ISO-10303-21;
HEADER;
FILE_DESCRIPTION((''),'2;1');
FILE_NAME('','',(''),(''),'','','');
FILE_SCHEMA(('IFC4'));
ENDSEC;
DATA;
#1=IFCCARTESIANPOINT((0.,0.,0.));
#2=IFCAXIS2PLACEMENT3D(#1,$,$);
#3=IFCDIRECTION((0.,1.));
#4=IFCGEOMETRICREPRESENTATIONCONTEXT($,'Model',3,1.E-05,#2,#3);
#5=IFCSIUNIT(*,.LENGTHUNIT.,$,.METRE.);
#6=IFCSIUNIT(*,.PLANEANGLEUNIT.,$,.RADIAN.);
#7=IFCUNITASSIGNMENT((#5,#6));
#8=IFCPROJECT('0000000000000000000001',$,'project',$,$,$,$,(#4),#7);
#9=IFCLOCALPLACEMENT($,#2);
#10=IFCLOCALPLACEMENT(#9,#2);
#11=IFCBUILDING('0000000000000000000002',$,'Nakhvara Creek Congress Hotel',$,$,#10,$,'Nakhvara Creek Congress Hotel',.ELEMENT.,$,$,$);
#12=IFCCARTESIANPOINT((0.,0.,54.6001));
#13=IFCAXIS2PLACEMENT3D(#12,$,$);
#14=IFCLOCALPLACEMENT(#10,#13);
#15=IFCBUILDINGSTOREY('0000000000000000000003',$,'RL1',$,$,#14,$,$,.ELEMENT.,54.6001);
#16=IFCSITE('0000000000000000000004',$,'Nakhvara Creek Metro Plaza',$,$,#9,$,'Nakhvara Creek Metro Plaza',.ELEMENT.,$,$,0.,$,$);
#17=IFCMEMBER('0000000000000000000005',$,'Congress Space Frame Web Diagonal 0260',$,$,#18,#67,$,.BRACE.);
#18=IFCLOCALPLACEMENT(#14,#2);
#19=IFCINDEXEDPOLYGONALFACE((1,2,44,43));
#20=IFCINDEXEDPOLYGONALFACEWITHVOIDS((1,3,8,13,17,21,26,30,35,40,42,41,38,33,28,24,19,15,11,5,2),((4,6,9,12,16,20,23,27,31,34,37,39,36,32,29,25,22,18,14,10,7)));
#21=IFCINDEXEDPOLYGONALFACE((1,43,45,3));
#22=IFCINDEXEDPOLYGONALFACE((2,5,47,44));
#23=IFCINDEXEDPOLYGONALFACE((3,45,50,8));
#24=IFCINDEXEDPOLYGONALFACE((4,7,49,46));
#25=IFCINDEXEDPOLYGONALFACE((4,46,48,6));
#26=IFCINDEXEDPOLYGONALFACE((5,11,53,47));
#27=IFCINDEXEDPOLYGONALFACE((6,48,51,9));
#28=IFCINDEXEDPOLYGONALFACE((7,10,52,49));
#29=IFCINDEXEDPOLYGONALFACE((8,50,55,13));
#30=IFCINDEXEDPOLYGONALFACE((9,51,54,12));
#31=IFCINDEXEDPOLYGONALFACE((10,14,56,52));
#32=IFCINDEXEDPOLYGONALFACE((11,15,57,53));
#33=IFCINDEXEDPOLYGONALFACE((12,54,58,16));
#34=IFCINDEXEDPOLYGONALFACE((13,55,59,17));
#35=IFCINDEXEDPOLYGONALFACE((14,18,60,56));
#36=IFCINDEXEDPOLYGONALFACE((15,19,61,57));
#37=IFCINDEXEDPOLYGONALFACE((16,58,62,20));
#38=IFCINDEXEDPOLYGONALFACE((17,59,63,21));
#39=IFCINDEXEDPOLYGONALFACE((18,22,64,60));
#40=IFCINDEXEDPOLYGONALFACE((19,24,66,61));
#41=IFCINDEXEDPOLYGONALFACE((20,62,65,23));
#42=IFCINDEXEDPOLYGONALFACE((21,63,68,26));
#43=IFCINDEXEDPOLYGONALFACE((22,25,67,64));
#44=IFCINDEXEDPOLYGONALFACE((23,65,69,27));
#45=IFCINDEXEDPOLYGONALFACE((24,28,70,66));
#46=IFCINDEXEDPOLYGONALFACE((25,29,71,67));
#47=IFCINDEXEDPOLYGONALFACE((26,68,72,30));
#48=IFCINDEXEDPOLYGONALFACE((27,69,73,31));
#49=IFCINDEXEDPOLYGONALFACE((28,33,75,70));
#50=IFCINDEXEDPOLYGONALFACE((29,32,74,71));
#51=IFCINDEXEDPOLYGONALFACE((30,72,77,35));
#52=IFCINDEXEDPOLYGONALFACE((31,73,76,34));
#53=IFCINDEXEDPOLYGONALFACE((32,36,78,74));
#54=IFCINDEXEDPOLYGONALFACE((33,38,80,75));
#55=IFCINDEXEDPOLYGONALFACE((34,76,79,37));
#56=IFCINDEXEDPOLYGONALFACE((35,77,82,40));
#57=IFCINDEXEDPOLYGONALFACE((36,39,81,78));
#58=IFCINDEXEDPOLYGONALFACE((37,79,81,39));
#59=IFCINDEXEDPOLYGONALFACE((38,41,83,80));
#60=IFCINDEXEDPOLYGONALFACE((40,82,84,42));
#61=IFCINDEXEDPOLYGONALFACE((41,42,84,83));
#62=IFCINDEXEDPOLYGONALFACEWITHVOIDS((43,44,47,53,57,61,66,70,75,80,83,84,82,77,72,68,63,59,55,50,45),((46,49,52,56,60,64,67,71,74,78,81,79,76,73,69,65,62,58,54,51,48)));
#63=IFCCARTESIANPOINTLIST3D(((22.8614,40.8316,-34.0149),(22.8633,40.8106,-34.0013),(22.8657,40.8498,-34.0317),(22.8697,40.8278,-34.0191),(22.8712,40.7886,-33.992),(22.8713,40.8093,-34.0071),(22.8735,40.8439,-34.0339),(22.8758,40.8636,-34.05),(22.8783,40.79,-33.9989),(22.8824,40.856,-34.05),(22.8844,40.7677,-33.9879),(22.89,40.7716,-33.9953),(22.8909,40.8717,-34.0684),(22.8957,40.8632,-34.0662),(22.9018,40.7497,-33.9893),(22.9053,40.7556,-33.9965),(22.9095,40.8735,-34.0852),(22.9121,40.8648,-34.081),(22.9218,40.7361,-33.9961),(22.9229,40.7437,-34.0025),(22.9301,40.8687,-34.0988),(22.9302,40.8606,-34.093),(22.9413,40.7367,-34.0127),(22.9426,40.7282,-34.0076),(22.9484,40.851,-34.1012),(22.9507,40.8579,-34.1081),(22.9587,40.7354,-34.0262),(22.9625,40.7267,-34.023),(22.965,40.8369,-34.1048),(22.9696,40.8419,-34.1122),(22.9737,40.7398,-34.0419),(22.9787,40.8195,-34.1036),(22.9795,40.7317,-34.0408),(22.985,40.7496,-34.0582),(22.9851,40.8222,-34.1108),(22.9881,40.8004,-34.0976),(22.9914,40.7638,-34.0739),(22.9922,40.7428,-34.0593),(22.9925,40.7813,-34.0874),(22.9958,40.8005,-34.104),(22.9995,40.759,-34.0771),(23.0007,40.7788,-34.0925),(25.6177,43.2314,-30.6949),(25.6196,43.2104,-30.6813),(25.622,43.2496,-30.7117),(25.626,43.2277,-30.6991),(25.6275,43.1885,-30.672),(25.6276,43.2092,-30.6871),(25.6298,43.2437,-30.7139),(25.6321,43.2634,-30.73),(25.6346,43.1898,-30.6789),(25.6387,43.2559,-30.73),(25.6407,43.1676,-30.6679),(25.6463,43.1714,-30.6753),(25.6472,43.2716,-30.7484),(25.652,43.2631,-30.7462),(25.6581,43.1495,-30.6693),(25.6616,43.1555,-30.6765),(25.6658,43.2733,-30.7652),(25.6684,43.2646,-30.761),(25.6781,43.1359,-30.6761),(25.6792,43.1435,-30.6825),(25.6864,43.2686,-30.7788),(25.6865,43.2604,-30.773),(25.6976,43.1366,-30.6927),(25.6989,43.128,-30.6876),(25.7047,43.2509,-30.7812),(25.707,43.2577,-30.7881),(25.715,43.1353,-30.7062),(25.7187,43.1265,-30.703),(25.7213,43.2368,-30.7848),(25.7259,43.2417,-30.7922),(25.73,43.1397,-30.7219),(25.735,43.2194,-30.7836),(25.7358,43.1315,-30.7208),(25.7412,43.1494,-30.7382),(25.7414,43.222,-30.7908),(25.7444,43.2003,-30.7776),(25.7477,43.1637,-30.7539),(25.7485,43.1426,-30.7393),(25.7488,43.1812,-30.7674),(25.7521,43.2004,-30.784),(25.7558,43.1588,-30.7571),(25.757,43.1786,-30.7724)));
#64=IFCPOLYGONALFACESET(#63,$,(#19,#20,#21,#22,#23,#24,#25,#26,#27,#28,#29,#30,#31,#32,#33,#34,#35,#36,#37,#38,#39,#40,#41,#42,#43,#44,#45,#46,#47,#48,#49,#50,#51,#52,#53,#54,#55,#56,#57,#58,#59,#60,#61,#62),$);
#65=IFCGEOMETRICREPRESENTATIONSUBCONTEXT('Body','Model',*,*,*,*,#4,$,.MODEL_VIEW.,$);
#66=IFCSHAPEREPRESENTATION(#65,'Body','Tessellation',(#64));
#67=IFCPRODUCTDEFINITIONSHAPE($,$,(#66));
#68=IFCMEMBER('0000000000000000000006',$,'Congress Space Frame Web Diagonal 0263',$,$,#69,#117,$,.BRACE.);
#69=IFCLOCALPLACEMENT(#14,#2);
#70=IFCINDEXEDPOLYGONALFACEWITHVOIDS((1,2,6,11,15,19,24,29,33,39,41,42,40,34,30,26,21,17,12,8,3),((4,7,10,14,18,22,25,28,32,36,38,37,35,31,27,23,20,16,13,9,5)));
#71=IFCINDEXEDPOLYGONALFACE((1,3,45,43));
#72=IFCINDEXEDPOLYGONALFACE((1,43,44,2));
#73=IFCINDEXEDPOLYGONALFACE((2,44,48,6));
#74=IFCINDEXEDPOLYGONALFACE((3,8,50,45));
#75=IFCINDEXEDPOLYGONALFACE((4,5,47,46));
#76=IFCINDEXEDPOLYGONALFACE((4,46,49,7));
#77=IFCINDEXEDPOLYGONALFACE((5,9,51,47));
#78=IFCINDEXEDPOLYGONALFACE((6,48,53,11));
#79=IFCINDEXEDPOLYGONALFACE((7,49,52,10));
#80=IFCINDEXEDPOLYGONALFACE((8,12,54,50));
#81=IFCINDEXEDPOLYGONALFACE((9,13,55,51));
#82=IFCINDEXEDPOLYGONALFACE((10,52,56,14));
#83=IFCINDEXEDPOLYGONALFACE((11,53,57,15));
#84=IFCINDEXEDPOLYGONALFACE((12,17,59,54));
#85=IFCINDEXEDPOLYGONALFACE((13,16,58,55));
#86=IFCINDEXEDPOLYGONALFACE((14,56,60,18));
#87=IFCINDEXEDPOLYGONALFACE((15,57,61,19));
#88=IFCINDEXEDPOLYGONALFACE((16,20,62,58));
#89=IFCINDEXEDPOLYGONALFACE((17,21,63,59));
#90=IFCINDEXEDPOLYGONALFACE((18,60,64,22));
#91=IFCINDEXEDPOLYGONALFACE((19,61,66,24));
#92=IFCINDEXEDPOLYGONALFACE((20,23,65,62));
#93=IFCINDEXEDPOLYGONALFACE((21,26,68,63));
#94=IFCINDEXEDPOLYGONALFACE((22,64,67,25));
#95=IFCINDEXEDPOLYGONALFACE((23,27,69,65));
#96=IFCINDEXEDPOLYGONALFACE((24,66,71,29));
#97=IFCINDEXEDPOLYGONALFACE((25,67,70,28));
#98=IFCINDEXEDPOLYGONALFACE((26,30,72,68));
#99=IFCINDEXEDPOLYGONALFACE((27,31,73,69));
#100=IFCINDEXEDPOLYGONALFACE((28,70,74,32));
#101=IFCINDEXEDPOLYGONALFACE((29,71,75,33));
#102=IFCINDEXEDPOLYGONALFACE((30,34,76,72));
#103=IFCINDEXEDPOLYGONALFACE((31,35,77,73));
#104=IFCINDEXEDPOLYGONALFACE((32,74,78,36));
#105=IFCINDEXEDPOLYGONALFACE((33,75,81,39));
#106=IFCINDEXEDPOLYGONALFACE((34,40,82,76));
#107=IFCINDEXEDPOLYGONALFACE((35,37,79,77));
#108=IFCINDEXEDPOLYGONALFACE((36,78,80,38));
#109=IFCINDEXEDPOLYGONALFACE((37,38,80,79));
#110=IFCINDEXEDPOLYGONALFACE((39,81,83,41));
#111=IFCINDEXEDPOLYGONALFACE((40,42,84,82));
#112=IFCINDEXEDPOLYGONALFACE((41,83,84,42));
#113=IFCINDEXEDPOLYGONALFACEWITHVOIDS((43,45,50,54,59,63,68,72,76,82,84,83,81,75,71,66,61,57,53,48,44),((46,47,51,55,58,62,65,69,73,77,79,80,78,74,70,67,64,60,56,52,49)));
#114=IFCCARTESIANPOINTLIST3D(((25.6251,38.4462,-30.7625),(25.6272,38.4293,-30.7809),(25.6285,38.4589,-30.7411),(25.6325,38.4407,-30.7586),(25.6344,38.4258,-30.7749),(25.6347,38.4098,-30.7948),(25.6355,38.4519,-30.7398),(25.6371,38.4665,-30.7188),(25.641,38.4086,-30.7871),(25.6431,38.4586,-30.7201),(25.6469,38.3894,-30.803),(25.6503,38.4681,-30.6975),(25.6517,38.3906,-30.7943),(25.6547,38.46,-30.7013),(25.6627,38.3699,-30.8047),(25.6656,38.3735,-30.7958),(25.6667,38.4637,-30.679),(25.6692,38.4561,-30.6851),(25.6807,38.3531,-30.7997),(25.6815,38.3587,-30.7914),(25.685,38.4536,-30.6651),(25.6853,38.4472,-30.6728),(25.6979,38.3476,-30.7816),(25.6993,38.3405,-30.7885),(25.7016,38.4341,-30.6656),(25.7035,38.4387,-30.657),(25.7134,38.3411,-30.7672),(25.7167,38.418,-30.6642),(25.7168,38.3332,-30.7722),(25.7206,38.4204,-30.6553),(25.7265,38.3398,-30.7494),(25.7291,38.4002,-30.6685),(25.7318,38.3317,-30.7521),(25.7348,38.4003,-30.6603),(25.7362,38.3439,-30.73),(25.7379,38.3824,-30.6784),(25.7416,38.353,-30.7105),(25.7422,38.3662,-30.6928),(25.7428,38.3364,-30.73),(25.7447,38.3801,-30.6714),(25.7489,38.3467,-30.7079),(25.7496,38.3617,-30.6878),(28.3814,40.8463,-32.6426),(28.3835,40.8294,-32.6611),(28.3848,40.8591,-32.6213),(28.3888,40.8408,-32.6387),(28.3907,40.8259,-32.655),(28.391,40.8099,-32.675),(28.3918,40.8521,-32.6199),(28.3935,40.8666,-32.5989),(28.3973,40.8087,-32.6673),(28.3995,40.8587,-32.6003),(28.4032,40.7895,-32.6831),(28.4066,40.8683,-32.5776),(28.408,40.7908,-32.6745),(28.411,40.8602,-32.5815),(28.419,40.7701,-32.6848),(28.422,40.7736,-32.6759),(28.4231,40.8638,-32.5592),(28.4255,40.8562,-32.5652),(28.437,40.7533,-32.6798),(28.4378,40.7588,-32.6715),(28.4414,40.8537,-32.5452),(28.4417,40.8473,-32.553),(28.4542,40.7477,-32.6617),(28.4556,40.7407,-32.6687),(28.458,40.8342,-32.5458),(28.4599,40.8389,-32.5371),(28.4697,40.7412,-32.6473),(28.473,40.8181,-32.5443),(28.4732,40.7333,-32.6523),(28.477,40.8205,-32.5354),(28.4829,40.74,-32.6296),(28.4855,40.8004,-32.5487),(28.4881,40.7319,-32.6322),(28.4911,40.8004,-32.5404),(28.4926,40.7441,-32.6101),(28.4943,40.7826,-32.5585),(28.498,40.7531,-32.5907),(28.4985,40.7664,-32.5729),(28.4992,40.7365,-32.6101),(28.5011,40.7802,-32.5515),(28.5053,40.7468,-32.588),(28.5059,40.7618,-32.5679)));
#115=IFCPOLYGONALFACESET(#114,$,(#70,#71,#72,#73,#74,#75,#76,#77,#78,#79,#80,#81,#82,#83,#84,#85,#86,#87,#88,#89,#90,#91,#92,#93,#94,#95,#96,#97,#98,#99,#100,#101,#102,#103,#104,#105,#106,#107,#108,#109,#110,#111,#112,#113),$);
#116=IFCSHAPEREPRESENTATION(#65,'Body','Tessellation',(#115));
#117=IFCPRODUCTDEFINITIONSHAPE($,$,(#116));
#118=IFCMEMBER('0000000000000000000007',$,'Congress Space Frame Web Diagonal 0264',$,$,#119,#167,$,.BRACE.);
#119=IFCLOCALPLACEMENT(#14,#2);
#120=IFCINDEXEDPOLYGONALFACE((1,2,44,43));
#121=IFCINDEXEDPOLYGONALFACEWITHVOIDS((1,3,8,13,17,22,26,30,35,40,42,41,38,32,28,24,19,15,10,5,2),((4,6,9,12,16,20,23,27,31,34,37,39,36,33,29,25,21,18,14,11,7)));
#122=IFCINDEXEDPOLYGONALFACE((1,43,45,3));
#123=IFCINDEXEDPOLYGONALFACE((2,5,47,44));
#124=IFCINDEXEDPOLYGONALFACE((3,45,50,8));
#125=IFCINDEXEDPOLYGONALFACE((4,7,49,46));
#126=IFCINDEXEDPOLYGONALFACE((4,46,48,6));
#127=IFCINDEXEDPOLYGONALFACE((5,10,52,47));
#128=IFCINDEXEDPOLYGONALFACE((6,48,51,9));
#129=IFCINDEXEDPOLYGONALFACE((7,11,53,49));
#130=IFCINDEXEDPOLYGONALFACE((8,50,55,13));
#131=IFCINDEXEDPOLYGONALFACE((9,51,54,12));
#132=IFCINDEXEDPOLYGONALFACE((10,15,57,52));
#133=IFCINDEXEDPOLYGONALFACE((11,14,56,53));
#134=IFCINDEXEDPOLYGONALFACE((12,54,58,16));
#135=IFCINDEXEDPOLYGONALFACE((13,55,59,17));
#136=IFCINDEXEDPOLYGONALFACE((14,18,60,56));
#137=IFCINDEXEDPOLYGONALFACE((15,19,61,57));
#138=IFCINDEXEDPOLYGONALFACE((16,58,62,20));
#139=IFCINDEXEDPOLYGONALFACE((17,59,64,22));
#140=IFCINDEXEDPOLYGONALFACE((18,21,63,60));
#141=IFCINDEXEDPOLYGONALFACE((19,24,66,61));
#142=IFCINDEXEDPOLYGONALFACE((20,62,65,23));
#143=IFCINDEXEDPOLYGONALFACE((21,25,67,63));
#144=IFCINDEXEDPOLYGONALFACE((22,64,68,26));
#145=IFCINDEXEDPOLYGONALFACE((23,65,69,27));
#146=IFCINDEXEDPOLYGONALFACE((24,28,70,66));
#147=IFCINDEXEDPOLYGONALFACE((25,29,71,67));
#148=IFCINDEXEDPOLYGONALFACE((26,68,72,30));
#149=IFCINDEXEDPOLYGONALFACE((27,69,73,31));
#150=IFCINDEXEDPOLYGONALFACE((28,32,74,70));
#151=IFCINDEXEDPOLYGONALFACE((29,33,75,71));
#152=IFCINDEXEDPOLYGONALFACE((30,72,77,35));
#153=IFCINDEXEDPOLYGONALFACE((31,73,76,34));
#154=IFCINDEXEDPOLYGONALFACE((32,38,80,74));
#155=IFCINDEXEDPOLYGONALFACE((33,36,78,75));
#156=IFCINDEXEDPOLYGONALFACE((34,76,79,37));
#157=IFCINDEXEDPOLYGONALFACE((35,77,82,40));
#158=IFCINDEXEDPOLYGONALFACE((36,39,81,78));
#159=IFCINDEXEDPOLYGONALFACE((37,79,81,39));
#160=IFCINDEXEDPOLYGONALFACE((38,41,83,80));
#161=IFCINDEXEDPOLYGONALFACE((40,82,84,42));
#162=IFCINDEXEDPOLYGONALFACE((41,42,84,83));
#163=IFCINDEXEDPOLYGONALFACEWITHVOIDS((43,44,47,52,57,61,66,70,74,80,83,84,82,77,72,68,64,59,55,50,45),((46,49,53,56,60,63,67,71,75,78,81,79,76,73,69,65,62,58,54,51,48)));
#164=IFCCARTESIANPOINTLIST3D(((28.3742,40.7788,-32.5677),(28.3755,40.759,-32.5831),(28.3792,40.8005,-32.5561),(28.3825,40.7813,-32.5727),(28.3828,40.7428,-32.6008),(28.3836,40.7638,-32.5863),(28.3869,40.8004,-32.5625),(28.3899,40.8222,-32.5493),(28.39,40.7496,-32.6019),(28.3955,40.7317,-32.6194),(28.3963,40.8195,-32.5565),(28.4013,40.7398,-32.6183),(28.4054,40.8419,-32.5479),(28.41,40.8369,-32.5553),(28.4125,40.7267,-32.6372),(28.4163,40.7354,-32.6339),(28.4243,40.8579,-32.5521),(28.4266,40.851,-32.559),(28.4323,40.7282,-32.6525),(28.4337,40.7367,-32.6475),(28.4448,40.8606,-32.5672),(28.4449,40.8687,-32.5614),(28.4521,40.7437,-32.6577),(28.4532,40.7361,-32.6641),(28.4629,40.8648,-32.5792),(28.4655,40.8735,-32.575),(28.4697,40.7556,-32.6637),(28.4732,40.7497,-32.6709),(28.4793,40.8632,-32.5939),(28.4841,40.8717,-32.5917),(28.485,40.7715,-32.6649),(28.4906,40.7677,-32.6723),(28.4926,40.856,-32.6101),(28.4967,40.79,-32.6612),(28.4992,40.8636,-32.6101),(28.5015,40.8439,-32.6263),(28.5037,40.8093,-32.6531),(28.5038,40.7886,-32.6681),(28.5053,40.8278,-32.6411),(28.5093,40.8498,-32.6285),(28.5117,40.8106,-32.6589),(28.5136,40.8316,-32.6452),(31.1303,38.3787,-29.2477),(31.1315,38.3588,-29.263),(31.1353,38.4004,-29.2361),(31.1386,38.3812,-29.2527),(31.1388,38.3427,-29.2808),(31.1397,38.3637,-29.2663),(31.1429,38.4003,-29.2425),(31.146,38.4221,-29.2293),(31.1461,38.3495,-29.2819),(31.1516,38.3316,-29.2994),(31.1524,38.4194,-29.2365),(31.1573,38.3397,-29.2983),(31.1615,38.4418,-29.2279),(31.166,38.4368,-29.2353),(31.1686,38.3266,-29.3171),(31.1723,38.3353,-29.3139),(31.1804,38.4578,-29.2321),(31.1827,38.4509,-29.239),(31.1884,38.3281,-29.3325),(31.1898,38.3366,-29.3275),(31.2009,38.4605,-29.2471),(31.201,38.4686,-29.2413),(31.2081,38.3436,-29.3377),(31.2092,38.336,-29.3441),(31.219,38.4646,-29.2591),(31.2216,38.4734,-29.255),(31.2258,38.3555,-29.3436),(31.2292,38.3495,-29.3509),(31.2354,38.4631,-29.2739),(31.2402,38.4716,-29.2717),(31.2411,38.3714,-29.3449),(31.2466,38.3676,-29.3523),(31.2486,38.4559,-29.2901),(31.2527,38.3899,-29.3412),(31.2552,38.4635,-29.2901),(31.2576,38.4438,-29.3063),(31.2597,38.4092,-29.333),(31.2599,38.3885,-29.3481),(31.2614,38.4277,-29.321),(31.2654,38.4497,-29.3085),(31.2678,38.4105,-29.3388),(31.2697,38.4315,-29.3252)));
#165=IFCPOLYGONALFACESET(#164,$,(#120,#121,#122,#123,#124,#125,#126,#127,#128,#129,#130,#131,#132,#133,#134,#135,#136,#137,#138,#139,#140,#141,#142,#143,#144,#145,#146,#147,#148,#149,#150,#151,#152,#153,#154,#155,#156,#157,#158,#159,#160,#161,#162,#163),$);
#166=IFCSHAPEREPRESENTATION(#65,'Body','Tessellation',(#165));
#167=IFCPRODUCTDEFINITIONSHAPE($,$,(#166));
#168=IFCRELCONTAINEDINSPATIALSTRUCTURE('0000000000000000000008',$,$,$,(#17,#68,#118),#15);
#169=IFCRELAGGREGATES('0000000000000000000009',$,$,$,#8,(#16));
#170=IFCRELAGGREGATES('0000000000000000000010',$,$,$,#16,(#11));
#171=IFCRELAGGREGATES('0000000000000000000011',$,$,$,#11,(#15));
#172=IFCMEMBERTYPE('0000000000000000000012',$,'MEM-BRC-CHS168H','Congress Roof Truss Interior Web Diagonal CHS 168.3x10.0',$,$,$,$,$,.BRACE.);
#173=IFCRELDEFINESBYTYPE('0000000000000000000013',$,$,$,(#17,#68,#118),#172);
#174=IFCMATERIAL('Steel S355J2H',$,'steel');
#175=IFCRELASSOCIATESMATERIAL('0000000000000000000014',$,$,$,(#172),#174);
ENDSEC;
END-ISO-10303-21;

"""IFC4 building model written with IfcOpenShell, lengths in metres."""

from ifc_helpers import new_model, si_unit, direction, frame, origin, origin_2d, place, context, subcontext, project, spatial, hollow_circle, extrude, material, material_profile, profile_set, type_object, element, save


model = new_model("IFC4")

# Units and contexts
model_context = context("Model", 3, precision=1e-05, world=origin(), true_north=direction((0.0, 1.0)))
body_context = subcontext(model_context, "Body", "Model", "MODEL_VIEW")
ifc_project = project(units=[si_unit("LENGTHUNIT", "METRE"), si_unit("PLANEANGLEUNIT", "RADIAN")], contexts=[model_context])

# Site, building, storey
site_placement = place(None, origin())
site = spatial("IfcSite", under=ifc_project, at=site_placement, Name="Nakhvara Creek Metro Plaza", LongName="Nakhvara Creek Metro Plaza", CompositionType="ELEMENT", RefElevation=0.0)
building_placement = place(site_placement, origin())
building = spatial("IfcBuilding", under=site, at=building_placement, Name="Nakhvara Creek Congress Hotel", LongName="Nakhvara Creek Congress Hotel", CompositionType="ELEMENT")
storey_placement = place(building_placement, frame((0.0, 0.0, 54.6001)))
storey = spatial("IfcBuildingStorey", under=building, at=storey_placement, Name="RL1", CompositionType="ELEMENT", Elevation=54.6001)

# Members
ifc_material_1 = material(Name="Steel S355J2H", Category="steel")
ifc_material_profile_1 = material_profile(ifc_material_1, hollow_circle(Radius=0.0842, WallThickness=0.01, at=origin_2d()), Name="CHS 168.3x10.0", Category="LoadBearing")
ifc_profile_set_1 = profile_set([ifc_material_profile_1], Name="Steel S355J2H")
member_type_1 = type_object("IfcMemberType", Name="MEM-BRC-CHS168H", Description="Congress Roof Truss Interior Web Diagonal CHS 168.3x10.0", PredefinedType="BRACE", material=ifc_profile_set_1)
member_1_placement = place(storey_placement, frame((22.9312, 40.8, -34.05), z_axis=(0.558237, 0.486047, 0.672406), x_axis=(-0.656658, 0.754188, 0.0)))
element("IfcMember", 1, at=member_1_placement, inside=storey, type_object=member_type_1, Name="Congress Space Frame Web Diagonal 0260", PredefinedType="BRACE", context=body_context, shape_type="SweptSolid", body=[
    extrude(hollow_circle(Radius=0.0842, WallThickness=0.01, at=origin_2d()), origin(), (0.0, 0.0, 1.0), 4.9375),
])
member_2_placement = place(storey_placement, frame((28.4438, 40.8, -32.6101), z_axis=(-0.670626, -0.583961, 0.457439), x_axis=(0.656696, -0.754155, 0.0)))
element("IfcMember", 2, at=member_2_placement, inside=storey, type_object=member_type_1, Name="Congress Space Frame Web Diagonal 0263", PredefinedType="BRACE", context=body_context, shape_type="SweptSolid", body=[
    extrude(hollow_circle(Radius=0.0842, WallThickness=0.01, at=origin_2d()), origin(), (0.0, 0.0, 1.0), 4.1101),
])
member_3_placement = place(storey_placement, frame((28.4438, 40.8, -32.6101), z_axis=(0.55819, -0.486098, 0.672408), x_axis=(0.656729, 0.754126, 0.0)))
element("IfcMember", 3, at=member_3_placement, inside=storey, type_object=member_type_1, Name="Congress Space Frame Web Diagonal 0264", PredefinedType="BRACE", context=body_context, shape_type="SweptSolid", body=[
    extrude(hollow_circle(Radius=0.0842, WallThickness=0.01, at=origin_2d()), origin(), (0.0, 0.0, 1.0), 4.9375),
])

save(model, "model.ifc")
